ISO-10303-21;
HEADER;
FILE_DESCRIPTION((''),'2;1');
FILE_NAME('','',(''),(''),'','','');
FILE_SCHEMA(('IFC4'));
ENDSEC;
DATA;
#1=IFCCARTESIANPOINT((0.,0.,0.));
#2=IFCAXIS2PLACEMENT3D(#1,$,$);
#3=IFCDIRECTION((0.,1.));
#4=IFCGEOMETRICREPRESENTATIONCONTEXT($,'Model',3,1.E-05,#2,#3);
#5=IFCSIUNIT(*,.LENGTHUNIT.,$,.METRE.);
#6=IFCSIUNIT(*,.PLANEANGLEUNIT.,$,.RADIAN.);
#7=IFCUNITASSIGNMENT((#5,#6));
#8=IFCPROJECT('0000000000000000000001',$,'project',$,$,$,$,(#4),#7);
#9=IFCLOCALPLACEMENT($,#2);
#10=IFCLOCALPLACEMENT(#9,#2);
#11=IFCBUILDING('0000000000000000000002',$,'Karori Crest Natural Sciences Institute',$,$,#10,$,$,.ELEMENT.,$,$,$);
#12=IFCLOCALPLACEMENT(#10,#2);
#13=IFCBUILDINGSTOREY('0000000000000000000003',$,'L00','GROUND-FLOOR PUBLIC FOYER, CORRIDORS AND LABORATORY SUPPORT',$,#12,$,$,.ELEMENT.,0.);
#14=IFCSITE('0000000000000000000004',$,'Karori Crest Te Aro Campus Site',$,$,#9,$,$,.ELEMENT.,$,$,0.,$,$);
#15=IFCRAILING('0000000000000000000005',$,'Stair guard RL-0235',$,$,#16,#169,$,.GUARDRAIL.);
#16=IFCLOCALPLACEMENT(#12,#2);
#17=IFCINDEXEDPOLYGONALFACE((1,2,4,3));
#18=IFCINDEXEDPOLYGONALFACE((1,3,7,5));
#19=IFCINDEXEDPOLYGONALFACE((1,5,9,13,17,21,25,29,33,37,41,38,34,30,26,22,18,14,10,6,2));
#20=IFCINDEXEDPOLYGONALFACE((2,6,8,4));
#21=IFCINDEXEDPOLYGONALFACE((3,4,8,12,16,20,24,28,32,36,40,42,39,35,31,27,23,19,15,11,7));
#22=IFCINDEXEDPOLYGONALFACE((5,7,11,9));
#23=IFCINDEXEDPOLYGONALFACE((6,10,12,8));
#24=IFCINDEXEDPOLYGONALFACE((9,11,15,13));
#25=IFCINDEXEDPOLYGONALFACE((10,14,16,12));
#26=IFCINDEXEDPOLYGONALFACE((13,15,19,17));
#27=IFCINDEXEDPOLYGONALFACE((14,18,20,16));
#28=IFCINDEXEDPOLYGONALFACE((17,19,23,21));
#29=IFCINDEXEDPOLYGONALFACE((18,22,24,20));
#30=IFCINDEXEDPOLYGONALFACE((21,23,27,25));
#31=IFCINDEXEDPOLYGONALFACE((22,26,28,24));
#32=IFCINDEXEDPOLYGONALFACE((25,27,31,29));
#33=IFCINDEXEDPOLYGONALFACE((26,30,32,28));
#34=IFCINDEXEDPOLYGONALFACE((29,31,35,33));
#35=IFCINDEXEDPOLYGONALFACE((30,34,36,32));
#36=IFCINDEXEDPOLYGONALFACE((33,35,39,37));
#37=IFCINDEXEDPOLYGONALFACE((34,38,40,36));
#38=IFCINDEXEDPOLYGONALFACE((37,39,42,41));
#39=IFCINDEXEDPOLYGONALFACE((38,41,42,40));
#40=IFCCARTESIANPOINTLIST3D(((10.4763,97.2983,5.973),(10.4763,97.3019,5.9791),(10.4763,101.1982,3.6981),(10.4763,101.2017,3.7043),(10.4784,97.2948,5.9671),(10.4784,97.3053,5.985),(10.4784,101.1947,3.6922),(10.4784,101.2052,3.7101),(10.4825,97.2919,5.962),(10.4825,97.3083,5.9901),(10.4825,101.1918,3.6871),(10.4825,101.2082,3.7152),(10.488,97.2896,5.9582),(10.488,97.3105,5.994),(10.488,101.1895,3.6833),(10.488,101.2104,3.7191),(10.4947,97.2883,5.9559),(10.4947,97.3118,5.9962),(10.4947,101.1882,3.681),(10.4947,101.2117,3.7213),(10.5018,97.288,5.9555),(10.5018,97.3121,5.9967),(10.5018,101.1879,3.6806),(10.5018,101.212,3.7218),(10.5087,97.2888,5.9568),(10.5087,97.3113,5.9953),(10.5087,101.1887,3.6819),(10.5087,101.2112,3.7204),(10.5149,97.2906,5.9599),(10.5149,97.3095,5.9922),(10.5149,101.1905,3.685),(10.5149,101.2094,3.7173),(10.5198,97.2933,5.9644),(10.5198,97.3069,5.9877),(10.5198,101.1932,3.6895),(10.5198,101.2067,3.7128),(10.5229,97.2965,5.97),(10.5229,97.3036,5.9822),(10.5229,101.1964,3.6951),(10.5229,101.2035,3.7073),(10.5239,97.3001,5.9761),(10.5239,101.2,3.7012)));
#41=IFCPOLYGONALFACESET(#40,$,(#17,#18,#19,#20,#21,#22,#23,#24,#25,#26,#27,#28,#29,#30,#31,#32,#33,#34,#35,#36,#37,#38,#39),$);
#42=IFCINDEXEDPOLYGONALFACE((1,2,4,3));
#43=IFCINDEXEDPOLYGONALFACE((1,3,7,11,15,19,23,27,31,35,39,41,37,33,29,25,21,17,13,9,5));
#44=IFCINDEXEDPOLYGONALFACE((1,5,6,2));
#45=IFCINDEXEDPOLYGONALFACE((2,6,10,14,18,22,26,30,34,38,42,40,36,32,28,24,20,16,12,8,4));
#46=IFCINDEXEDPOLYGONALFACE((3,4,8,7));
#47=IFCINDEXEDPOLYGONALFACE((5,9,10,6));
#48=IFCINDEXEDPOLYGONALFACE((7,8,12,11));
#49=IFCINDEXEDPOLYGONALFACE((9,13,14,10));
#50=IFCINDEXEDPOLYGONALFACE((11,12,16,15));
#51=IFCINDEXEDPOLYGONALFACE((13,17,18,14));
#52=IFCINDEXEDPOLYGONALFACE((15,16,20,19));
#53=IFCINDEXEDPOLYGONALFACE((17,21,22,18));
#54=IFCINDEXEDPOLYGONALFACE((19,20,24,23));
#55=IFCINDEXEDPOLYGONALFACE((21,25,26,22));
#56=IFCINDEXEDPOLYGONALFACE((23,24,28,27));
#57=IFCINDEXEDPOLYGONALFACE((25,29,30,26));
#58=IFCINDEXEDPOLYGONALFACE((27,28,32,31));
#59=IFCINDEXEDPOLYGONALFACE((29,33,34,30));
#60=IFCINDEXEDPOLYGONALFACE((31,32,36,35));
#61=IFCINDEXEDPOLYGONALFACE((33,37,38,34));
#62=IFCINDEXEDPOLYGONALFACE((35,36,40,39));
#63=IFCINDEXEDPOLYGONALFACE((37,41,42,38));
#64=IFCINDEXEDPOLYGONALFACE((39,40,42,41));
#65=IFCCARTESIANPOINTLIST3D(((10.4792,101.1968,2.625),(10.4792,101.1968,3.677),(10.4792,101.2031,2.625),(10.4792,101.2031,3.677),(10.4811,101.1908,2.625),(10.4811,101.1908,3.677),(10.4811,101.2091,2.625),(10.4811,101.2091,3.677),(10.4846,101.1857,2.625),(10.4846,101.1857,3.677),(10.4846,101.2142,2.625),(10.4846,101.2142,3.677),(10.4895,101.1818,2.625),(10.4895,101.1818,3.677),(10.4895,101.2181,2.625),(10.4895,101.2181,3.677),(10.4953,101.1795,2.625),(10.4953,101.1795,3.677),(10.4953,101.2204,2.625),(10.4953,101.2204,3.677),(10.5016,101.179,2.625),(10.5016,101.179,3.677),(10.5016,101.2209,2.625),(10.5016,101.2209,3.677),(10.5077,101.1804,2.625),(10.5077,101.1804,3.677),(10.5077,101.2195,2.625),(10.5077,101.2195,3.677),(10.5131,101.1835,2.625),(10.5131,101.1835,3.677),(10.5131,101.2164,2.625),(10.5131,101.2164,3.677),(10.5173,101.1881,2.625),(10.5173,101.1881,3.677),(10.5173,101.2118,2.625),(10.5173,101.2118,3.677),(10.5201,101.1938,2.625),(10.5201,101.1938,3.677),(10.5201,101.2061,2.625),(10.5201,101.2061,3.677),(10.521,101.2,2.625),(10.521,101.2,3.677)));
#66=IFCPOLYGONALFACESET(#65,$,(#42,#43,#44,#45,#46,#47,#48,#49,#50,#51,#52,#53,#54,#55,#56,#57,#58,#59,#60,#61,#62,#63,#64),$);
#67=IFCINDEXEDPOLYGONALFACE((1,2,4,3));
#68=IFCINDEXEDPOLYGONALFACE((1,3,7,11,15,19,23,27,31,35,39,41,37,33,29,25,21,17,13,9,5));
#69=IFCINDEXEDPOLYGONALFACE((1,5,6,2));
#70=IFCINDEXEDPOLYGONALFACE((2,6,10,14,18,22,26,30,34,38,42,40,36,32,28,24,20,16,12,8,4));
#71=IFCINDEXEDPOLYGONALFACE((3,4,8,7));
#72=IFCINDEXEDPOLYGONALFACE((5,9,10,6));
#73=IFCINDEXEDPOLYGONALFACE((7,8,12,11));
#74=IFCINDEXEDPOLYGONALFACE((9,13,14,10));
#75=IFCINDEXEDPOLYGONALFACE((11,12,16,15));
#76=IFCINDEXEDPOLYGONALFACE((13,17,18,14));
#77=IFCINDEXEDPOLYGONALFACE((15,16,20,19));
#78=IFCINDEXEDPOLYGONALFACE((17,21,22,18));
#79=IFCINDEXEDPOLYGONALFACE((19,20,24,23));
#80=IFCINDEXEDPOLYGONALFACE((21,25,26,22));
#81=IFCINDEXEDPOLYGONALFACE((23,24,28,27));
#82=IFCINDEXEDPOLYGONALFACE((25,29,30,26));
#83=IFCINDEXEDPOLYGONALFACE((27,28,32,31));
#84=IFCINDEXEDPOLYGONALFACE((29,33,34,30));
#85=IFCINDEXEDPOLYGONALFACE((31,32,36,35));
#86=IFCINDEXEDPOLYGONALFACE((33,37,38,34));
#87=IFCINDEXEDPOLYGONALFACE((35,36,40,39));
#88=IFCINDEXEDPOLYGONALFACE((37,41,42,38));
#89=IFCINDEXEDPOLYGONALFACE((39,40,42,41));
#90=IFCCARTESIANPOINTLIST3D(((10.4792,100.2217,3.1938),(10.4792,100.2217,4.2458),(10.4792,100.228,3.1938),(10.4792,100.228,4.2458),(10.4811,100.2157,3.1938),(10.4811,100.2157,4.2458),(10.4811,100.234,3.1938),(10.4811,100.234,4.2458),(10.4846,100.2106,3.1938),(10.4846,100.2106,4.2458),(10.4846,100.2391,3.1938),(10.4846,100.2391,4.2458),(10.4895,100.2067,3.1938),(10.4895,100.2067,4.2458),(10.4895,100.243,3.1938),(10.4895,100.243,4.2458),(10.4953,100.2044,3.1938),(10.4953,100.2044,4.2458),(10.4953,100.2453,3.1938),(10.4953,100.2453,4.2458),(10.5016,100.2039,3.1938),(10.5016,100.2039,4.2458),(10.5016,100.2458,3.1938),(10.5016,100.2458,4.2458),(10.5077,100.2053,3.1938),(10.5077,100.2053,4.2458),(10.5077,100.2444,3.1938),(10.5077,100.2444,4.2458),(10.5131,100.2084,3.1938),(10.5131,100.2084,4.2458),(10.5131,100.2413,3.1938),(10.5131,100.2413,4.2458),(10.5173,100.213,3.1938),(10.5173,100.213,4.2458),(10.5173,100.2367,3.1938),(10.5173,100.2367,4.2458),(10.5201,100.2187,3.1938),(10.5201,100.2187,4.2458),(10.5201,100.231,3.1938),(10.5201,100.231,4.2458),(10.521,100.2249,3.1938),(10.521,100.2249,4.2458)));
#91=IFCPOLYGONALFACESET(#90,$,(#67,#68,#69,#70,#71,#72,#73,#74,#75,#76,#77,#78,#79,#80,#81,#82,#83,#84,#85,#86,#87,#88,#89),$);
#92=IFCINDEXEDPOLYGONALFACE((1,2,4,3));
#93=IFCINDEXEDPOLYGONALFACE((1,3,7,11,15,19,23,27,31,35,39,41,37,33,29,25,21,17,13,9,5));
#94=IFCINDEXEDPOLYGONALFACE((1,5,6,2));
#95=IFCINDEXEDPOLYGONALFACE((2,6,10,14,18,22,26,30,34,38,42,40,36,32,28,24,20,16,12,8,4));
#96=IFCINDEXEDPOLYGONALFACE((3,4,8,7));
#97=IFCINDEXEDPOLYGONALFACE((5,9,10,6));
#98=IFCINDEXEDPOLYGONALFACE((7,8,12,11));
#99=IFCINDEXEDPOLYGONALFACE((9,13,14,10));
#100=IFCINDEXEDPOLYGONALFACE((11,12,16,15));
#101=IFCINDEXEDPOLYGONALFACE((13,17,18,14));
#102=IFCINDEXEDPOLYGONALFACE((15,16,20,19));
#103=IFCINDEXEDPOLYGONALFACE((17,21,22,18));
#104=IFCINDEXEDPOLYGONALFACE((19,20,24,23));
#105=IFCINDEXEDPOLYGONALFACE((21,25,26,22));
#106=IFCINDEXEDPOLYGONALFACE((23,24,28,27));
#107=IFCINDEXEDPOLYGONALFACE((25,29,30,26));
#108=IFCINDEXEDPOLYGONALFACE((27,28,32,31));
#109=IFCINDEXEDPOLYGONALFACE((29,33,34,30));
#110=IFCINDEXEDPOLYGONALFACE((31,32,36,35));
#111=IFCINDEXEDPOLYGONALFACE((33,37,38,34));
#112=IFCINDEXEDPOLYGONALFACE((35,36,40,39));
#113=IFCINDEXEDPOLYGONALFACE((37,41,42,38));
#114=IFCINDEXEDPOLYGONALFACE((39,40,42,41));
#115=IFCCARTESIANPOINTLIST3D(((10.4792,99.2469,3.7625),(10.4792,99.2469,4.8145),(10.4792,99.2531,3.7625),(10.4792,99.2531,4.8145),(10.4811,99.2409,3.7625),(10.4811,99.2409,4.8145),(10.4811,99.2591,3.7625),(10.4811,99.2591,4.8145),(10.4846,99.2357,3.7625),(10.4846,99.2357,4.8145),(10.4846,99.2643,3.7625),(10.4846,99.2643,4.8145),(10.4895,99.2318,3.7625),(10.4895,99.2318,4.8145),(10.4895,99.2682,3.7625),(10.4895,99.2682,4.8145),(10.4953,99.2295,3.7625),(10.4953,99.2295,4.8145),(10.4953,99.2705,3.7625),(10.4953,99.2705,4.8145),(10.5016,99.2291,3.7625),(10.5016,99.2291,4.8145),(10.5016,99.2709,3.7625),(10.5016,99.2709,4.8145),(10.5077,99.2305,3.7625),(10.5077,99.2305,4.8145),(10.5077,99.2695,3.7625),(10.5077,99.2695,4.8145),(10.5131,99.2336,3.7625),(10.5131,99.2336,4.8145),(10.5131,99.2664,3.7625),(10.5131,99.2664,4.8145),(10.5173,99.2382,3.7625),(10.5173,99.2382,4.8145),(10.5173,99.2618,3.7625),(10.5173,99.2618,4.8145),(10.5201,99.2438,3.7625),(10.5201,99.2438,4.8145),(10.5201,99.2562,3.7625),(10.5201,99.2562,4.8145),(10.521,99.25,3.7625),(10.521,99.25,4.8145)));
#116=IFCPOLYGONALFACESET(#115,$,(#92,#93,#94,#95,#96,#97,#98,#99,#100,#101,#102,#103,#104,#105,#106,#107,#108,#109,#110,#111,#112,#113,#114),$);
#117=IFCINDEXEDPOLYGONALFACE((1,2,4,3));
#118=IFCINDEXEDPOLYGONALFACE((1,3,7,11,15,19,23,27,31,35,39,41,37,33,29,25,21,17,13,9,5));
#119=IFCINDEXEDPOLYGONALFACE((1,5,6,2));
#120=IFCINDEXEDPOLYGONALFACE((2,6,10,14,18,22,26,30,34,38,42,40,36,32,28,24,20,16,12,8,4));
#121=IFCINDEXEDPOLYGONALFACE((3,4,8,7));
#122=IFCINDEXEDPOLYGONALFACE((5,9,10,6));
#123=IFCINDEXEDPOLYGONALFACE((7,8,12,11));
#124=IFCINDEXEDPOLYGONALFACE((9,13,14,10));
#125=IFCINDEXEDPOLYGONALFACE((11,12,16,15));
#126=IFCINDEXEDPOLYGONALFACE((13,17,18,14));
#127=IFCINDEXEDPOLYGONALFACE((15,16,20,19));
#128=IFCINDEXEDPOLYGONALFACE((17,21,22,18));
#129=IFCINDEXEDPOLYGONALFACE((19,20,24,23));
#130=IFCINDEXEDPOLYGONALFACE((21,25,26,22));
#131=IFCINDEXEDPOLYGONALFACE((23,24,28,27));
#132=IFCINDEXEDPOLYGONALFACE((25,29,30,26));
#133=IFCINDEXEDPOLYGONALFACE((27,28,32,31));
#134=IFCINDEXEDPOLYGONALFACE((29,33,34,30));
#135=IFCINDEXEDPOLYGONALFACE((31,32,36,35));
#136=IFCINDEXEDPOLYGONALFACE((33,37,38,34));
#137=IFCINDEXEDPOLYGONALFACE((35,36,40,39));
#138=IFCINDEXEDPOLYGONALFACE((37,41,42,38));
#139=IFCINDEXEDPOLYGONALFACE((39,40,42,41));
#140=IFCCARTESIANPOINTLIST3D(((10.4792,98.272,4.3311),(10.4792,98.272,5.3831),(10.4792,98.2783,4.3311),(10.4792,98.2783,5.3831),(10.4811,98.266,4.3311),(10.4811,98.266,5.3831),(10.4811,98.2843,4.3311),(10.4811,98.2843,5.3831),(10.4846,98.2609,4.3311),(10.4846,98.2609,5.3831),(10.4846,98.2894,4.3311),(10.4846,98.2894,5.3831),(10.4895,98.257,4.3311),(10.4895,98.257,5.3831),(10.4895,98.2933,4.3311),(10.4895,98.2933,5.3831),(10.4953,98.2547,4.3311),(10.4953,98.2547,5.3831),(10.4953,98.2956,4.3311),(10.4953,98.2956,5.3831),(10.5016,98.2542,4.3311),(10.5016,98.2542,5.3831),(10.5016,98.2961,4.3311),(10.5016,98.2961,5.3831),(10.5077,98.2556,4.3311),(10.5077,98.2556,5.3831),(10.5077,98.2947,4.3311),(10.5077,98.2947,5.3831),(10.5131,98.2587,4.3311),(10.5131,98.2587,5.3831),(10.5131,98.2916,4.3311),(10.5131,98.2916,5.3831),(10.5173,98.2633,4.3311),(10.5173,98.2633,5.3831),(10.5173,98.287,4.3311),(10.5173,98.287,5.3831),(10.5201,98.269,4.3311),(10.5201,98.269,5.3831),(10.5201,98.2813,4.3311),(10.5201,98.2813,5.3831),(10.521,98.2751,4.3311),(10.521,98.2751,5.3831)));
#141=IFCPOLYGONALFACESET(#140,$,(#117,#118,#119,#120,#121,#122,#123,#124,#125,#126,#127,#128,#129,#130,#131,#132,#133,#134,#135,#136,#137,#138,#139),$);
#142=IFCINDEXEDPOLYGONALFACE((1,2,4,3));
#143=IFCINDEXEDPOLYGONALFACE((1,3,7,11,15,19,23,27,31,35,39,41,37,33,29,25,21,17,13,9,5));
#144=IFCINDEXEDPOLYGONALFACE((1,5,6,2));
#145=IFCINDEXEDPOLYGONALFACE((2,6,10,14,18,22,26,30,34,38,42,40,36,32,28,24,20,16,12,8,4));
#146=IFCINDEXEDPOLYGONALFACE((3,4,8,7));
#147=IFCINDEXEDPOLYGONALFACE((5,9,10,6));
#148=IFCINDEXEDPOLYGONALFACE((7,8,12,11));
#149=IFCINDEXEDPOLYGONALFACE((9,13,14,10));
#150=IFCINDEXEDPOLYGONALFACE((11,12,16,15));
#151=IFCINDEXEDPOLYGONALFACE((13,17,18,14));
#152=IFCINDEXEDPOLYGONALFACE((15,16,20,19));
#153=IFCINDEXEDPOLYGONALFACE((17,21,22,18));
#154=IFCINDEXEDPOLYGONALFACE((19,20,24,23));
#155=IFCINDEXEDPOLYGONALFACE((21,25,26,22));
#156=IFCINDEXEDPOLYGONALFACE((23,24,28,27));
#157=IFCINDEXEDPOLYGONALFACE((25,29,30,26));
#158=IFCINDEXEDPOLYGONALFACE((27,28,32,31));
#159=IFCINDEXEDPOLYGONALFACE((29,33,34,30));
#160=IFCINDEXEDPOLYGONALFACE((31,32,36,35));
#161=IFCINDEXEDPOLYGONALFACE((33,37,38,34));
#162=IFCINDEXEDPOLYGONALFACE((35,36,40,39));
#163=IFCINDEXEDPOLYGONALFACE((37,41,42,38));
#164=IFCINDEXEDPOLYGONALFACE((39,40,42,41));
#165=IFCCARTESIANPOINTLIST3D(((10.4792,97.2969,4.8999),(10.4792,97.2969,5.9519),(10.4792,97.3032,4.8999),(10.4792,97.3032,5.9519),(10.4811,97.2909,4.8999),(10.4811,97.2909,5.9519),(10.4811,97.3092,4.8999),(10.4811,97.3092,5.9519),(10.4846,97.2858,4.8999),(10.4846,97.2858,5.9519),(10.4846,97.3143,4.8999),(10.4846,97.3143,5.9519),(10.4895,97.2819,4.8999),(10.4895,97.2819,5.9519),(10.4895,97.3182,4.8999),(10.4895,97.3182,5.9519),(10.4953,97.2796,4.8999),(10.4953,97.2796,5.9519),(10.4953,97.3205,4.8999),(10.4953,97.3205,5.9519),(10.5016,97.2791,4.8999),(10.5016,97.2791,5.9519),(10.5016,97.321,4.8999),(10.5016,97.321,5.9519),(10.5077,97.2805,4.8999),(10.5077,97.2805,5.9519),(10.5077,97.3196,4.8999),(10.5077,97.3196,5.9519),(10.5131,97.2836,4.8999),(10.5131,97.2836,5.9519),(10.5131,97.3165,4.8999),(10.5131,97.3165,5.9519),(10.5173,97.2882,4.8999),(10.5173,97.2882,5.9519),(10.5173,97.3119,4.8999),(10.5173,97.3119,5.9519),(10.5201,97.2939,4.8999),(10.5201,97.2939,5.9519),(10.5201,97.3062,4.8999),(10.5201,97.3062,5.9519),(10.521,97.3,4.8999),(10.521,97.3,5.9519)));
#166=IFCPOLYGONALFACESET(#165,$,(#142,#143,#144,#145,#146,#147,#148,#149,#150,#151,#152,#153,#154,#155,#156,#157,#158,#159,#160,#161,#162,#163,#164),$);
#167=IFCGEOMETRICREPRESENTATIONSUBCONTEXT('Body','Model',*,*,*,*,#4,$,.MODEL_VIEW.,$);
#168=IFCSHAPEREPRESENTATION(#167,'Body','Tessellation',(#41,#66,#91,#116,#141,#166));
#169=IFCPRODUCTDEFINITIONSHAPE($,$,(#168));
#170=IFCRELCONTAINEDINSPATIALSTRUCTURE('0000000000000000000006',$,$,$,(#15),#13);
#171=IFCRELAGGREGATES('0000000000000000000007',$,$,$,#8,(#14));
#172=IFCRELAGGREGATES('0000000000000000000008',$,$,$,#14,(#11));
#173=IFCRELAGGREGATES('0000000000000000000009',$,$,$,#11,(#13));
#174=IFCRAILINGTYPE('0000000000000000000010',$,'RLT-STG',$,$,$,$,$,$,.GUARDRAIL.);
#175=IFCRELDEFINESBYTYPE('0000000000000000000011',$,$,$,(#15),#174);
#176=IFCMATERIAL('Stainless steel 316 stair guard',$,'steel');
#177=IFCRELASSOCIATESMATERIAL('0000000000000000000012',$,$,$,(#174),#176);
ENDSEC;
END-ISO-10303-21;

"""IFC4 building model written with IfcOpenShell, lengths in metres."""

from ifc_helpers import new_model, si_unit, direction, frame, origin, origin_2d, place, context, subcontext, project, spatial, circle, extrude, material, type_object, element, save


model = new_model("IFC4")

# Units and contexts
model_context = context("Model", 3, precision=1e-05, world=origin(), true_north=direction((0.0, 1.0)))
body_context = subcontext(model_context, "Body", "Model", "MODEL_VIEW")
ifc_project = project(units=[si_unit("LENGTHUNIT", "METRE"), si_unit("PLANEANGLEUNIT", "RADIAN")], contexts=[model_context])

# Site, building, storey
site_placement = place(None, origin())
site = spatial("IfcSite", under=ifc_project, at=site_placement, Name="Karori Crest Te Aro Campus Site", CompositionType="ELEMENT", RefElevation=0.0)
building_placement = place(site_placement, origin())
building = spatial("IfcBuilding", under=site, at=building_placement, Name="Karori Crest Natural Sciences Institute", CompositionType="ELEMENT")
storey_placement = place(building_placement, origin())
storey = spatial("IfcBuildingStorey", under=building, at=storey_placement, Name="L00", Description="GROUND-FLOOR PUBLIC FOYER, CORRIDORS AND LABORATORY SUPPORT", CompositionType="ELEMENT", Elevation=0.0)

# Railing
ifc_material_1 = material(Name="Stainless steel 316 stair guard", Category="steel")
railing_type_1 = type_object("IfcRailingType", Name="RLT-STG", PredefinedType="GUARDRAIL", material=ifc_material_1)
railing_1_placement = place(storey_placement, frame((10.5, 101.2, 2.625)))
element("IfcRailing", 1, at=railing_1_placement, inside=storey, type_object=railing_type_1, Name="Stair guard RL-0235", PredefinedType="GUARDRAIL", context=body_context, shape_type="SweptSolid", body=[
    extrude(circle(Radius=0.0239, at=origin_2d()), frame((0.0, 0.0, 1.0762), z_axis=(0.0, -0.863783, 0.503864), x_axis=(1.0, 0.0, 0.0)), (0.0, 0.0, 1.0), 4.5149),
    extrude(circle(Radius=0.021, at=origin_2d()), origin(), (0.0, 0.0, 1.0), 1.052),
    extrude(circle(Radius=0.021, at=origin_2d()), frame((0.0, -0.9751, 0.5688)), (0.0, 0.0, 1.0), 1.052),
    extrude(circle(Radius=0.021, at=origin_2d()), frame((0.0, -1.95, 1.1375)), (0.0, 0.0, 1.0), 1.052),
    extrude(circle(Radius=0.021, at=origin_2d()), frame((0.0, -2.9248, 1.7061)), (0.0, 0.0, 1.0), 1.052),
    extrude(circle(Radius=0.021, at=origin_2d()), frame((0.0, -3.8999, 2.2749)), (0.0, 0.0, 1.0), 1.052),
])

save(model, "model.ifc")
